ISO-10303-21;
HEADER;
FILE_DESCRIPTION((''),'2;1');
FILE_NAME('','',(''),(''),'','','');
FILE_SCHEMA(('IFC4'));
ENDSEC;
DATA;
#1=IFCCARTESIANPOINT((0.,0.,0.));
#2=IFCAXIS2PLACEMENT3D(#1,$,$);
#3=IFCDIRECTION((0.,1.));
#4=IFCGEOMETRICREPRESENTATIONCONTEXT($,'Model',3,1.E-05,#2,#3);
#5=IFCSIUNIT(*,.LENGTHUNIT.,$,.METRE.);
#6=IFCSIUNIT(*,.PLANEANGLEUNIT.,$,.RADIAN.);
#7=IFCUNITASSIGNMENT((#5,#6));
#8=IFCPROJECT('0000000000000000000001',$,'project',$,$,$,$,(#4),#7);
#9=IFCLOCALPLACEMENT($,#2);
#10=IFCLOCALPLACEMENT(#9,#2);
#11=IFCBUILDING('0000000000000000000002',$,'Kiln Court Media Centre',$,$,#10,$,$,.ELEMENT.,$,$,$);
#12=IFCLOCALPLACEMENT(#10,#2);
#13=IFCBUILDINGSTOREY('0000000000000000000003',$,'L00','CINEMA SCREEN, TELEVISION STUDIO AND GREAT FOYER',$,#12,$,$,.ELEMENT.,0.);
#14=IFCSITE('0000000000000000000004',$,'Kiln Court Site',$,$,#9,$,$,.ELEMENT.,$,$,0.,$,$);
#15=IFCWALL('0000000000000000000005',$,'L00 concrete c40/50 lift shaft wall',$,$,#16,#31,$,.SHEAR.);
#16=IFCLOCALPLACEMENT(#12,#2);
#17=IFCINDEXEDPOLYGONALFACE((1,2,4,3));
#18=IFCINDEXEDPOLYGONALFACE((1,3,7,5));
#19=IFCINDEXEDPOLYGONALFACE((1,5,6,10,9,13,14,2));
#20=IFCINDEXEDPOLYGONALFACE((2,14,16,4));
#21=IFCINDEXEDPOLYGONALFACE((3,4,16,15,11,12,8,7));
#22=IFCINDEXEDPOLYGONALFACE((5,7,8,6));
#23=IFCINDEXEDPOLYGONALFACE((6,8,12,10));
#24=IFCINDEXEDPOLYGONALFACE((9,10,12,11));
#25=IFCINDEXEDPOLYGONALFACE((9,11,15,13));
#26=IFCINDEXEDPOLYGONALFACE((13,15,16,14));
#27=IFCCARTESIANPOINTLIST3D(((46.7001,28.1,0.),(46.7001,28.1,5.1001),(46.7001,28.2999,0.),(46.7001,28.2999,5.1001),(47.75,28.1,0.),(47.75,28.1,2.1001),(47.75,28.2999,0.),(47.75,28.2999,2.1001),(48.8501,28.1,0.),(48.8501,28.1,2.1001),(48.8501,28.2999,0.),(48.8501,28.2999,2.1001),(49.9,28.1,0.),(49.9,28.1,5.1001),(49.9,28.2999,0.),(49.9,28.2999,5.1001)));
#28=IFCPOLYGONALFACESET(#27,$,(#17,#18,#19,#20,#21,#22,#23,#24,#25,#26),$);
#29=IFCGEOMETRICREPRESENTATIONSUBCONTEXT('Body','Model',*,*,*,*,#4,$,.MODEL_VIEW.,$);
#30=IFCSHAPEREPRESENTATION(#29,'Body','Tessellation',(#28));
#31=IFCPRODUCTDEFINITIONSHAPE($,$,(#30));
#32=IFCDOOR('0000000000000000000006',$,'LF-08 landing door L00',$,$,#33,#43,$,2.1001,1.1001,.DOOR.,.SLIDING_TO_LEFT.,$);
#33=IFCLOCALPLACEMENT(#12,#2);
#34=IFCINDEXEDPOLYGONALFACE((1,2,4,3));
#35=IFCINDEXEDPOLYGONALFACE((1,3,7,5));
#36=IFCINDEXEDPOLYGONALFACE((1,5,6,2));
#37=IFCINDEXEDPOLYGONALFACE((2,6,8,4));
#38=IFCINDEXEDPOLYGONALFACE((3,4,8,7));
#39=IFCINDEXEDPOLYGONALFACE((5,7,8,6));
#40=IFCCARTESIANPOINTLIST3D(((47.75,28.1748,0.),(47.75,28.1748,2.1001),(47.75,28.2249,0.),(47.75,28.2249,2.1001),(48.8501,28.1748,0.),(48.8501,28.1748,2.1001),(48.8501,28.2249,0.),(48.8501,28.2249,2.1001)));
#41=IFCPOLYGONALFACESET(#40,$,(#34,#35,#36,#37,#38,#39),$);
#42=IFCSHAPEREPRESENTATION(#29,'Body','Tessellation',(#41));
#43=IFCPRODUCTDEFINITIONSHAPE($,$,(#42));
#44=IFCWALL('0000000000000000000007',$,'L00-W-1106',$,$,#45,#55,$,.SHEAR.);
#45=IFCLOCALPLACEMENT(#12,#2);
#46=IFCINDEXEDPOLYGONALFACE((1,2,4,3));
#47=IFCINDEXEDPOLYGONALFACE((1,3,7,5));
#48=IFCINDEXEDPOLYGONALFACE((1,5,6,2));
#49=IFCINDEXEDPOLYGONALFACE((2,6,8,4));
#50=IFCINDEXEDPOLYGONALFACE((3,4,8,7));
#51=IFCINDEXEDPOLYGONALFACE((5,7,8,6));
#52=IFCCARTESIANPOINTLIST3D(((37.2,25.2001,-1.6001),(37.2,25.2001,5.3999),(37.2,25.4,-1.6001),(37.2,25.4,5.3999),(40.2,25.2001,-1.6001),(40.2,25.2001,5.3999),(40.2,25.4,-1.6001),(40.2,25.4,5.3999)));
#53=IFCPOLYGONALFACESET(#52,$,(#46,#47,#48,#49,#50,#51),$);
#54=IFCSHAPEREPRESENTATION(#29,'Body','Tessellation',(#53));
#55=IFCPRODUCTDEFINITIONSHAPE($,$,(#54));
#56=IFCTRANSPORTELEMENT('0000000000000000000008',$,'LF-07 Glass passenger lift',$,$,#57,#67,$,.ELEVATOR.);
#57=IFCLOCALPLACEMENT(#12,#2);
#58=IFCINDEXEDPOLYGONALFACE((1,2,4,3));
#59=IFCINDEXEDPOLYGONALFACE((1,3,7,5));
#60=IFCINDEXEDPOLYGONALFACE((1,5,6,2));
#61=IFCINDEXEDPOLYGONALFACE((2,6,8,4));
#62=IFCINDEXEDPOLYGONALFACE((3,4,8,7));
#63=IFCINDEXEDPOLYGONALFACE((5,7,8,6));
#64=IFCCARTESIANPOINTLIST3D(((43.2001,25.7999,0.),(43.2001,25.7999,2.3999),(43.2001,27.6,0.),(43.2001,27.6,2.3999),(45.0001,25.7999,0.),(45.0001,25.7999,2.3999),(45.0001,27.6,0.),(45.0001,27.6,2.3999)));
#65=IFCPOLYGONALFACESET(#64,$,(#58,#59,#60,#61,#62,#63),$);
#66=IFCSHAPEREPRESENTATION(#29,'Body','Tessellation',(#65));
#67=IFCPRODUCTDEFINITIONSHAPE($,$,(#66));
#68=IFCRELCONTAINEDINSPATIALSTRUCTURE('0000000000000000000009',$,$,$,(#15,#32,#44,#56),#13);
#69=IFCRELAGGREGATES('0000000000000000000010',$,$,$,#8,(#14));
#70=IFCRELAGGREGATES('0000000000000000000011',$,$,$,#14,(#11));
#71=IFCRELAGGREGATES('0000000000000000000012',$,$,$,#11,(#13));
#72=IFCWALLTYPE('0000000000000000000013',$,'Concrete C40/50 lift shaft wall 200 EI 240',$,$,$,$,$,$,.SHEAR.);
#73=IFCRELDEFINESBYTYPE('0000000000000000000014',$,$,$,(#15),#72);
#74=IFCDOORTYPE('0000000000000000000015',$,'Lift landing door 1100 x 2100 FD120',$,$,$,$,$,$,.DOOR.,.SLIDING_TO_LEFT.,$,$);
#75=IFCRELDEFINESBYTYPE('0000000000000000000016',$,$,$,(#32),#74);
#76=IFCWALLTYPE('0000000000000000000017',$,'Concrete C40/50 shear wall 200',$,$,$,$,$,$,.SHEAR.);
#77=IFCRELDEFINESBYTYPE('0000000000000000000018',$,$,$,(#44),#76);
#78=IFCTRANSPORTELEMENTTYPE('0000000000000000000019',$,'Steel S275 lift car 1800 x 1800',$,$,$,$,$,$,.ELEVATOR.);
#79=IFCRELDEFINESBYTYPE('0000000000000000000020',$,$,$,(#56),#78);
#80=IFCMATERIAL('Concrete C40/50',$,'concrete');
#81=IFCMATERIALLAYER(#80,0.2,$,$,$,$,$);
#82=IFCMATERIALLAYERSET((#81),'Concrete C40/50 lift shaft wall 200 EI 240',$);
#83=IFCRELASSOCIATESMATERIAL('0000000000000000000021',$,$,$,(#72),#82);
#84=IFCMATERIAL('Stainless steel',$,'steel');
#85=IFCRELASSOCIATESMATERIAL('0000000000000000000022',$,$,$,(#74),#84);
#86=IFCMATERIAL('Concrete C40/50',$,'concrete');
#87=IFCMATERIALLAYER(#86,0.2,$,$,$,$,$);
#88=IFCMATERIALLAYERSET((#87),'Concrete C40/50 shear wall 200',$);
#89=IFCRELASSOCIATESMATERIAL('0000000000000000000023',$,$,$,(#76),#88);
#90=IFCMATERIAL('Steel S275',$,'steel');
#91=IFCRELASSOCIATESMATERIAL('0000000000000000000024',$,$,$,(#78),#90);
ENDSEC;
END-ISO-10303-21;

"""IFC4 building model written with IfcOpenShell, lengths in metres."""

from ifc_helpers import new_model, si_unit, direction, frame, frame_2d, origin, origin_2d, place, context, subcontext, project, spatial, rectangle, extrude, material, layer, layer_set, type_object, element, fill, save


model = new_model("IFC4")

# Units and contexts
model_context = context("Model", 3, precision=1e-05, world=origin(), true_north=direction((0.0, 1.0)))
body_context = subcontext(model_context, "Body", "Model", "MODEL_VIEW")
ifc_project = project(units=[si_unit("LENGTHUNIT", "METRE"), si_unit("PLANEANGLEUNIT", "RADIAN")], contexts=[model_context])

# Site, building, storey
site_placement = place(None, origin())
site = spatial("IfcSite", under=ifc_project, at=site_placement, Name="Kiln Court Site", CompositionType="ELEMENT", RefElevation=0.0)
building_placement = place(site_placement, origin())
building = spatial("IfcBuilding", under=site, at=building_placement, Name="Kiln Court Media Centre", CompositionType="ELEMENT")
storey_placement = place(building_placement, origin())
storey = spatial("IfcBuildingStorey", under=building, at=storey_placement, Name="L00", Description="CINEMA SCREEN, TELEVISION STUDIO AND GREAT FOYER", CompositionType="ELEMENT", Elevation=0.0)

# Wall, opening, door
ifc_material_1 = material(Name="Concrete C40/50", Category="concrete")
ifc_layer_1 = layer(ifc_material_1, 0.2)
ifc_layer_set_1 = layer_set([ifc_layer_1], Name="Concrete C40/50 lift shaft wall 200 EI 240")
wall_type_1 = type_object("IfcWallType", Name="Concrete C40/50 lift shaft wall 200 EI 240", PredefinedType="SHEAR", material=ifc_layer_set_1)
ifc_material_2 = material(Name="Stainless steel", Category="steel")
door_type_1 = type_object("IfcDoorType", Name="Lift landing door 1100 x 2100 FD120", OperationType="SLIDING_TO_LEFT", PredefinedType="DOOR", material=ifc_material_2)
wall_1_placement = place(storey_placement, frame((46.7, 28.2, 0.0), z_axis=(0.0, 0.0, 1.0), x_axis=(1.0, 0.0, 0.0)))
wall_1 = element("IfcWall", 1, at=wall_1_placement, inside=storey, type_object=wall_type_1, Name="L00 concrete c40/50 lift shaft wall", PredefinedType="SHEAR", context=body_context, shape_type="SweptSolid", body=[
    extrude(rectangle(XDim=3.2, YDim=0.2, at=frame_2d((1.6001, 0.0))), origin(), (0.0, 0.0, 1.0), 5.1001),
])
opening_1_placement = place(wall_1_placement, frame((1.05, 0.0, 0.0)))
opening_1 = element("IfcOpeningElement", 2, at=opening_1_placement, cuts=wall_1, PredefinedType="OPENING", context=body_context, shape_type="SweptSolid", body=[
    extrude(rectangle(XDim=1.1001, YDim=2.1001, at=frame_2d((0.55, 1.05))), frame((0.0, 0.1099, 0.0), z_axis=(0.0, -1.0, 0.0), x_axis=(1.0, 0.0, 0.0)), (0.0, 0.0, 1.0), 0.22),
])
door_1_placement = place(opening_1_placement, origin())
door_1 = element("IfcDoor", 3, at=door_1_placement, inside=storey, type_object=door_type_1, Name="LF-08 landing door L00", OperationType="SLIDING_TO_LEFT", OverallHeight=2.1001, OverallWidth=1.1001, PredefinedType="DOOR", context=body_context, shape_type="SweptSolid", body=[
    extrude(rectangle(XDim=1.1001, YDim=2.1001, at=frame_2d((0.55, 1.05))), frame((0.0, 0.0249, 0.0), z_axis=(0.0, -1.0, 0.0), x_axis=(1.0, 0.0, 0.0)), (0.0, 0.0, 1.0), 0.05),
])
fill(opening_1, door_1)

# Wall
ifc_material_3 = material(Name="Concrete C40/50", Category="concrete")
ifc_layer_2 = layer(ifc_material_3, 0.2)
ifc_layer_set_2 = layer_set([ifc_layer_2], Name="Concrete C40/50 shear wall 200")
wall_type_2 = type_object("IfcWallType", Name="Concrete C40/50 shear wall 200", PredefinedType="SHEAR", material=ifc_layer_set_2)
wall_2_placement = place(storey_placement, frame((40.2, 25.3, -1.6001), z_axis=(0.0, 0.0, 1.0), x_axis=(-1.0, 0.0, 0.0)))
element("IfcWall", 4, at=wall_2_placement, inside=storey, type_object=wall_type_2, Name="L00-W-1106", PredefinedType="SHEAR", context=body_context, shape_type="SweptSolid", body=[
    extrude(rectangle(XDim=3.0, YDim=0.2, at=frame_2d((1.5, 0.0))), origin(), (0.0, 0.0, 1.0), 7.0),
])

# Transport element
ifc_material_4 = material(Name="Steel S275", Category="steel")
transport_element_type = type_object("IfcTransportElementType", Name="Steel S275 lift car 1800 x 1800", PredefinedType="ELEVATOR", material=ifc_material_4)
transport_element_placement = place(storey_placement, frame((44.1001, 26.7, 0.0), z_axis=(0.0, 0.0, 1.0), x_axis=(1.0, 0.0, 0.0)))
element("IfcTransportElement", 5, at=transport_element_placement, inside=storey, type_object=transport_element_type, Name="LF-07 Glass passenger lift", PredefinedType="ELEVATOR", context=body_context, shape_type="SweptSolid", body=[
    extrude(rectangle(XDim=1.8, YDim=1.8, at=origin_2d()), origin(), (0.0, 0.0, 1.0), 2.3999),
])

save(model, "model.ifc")
